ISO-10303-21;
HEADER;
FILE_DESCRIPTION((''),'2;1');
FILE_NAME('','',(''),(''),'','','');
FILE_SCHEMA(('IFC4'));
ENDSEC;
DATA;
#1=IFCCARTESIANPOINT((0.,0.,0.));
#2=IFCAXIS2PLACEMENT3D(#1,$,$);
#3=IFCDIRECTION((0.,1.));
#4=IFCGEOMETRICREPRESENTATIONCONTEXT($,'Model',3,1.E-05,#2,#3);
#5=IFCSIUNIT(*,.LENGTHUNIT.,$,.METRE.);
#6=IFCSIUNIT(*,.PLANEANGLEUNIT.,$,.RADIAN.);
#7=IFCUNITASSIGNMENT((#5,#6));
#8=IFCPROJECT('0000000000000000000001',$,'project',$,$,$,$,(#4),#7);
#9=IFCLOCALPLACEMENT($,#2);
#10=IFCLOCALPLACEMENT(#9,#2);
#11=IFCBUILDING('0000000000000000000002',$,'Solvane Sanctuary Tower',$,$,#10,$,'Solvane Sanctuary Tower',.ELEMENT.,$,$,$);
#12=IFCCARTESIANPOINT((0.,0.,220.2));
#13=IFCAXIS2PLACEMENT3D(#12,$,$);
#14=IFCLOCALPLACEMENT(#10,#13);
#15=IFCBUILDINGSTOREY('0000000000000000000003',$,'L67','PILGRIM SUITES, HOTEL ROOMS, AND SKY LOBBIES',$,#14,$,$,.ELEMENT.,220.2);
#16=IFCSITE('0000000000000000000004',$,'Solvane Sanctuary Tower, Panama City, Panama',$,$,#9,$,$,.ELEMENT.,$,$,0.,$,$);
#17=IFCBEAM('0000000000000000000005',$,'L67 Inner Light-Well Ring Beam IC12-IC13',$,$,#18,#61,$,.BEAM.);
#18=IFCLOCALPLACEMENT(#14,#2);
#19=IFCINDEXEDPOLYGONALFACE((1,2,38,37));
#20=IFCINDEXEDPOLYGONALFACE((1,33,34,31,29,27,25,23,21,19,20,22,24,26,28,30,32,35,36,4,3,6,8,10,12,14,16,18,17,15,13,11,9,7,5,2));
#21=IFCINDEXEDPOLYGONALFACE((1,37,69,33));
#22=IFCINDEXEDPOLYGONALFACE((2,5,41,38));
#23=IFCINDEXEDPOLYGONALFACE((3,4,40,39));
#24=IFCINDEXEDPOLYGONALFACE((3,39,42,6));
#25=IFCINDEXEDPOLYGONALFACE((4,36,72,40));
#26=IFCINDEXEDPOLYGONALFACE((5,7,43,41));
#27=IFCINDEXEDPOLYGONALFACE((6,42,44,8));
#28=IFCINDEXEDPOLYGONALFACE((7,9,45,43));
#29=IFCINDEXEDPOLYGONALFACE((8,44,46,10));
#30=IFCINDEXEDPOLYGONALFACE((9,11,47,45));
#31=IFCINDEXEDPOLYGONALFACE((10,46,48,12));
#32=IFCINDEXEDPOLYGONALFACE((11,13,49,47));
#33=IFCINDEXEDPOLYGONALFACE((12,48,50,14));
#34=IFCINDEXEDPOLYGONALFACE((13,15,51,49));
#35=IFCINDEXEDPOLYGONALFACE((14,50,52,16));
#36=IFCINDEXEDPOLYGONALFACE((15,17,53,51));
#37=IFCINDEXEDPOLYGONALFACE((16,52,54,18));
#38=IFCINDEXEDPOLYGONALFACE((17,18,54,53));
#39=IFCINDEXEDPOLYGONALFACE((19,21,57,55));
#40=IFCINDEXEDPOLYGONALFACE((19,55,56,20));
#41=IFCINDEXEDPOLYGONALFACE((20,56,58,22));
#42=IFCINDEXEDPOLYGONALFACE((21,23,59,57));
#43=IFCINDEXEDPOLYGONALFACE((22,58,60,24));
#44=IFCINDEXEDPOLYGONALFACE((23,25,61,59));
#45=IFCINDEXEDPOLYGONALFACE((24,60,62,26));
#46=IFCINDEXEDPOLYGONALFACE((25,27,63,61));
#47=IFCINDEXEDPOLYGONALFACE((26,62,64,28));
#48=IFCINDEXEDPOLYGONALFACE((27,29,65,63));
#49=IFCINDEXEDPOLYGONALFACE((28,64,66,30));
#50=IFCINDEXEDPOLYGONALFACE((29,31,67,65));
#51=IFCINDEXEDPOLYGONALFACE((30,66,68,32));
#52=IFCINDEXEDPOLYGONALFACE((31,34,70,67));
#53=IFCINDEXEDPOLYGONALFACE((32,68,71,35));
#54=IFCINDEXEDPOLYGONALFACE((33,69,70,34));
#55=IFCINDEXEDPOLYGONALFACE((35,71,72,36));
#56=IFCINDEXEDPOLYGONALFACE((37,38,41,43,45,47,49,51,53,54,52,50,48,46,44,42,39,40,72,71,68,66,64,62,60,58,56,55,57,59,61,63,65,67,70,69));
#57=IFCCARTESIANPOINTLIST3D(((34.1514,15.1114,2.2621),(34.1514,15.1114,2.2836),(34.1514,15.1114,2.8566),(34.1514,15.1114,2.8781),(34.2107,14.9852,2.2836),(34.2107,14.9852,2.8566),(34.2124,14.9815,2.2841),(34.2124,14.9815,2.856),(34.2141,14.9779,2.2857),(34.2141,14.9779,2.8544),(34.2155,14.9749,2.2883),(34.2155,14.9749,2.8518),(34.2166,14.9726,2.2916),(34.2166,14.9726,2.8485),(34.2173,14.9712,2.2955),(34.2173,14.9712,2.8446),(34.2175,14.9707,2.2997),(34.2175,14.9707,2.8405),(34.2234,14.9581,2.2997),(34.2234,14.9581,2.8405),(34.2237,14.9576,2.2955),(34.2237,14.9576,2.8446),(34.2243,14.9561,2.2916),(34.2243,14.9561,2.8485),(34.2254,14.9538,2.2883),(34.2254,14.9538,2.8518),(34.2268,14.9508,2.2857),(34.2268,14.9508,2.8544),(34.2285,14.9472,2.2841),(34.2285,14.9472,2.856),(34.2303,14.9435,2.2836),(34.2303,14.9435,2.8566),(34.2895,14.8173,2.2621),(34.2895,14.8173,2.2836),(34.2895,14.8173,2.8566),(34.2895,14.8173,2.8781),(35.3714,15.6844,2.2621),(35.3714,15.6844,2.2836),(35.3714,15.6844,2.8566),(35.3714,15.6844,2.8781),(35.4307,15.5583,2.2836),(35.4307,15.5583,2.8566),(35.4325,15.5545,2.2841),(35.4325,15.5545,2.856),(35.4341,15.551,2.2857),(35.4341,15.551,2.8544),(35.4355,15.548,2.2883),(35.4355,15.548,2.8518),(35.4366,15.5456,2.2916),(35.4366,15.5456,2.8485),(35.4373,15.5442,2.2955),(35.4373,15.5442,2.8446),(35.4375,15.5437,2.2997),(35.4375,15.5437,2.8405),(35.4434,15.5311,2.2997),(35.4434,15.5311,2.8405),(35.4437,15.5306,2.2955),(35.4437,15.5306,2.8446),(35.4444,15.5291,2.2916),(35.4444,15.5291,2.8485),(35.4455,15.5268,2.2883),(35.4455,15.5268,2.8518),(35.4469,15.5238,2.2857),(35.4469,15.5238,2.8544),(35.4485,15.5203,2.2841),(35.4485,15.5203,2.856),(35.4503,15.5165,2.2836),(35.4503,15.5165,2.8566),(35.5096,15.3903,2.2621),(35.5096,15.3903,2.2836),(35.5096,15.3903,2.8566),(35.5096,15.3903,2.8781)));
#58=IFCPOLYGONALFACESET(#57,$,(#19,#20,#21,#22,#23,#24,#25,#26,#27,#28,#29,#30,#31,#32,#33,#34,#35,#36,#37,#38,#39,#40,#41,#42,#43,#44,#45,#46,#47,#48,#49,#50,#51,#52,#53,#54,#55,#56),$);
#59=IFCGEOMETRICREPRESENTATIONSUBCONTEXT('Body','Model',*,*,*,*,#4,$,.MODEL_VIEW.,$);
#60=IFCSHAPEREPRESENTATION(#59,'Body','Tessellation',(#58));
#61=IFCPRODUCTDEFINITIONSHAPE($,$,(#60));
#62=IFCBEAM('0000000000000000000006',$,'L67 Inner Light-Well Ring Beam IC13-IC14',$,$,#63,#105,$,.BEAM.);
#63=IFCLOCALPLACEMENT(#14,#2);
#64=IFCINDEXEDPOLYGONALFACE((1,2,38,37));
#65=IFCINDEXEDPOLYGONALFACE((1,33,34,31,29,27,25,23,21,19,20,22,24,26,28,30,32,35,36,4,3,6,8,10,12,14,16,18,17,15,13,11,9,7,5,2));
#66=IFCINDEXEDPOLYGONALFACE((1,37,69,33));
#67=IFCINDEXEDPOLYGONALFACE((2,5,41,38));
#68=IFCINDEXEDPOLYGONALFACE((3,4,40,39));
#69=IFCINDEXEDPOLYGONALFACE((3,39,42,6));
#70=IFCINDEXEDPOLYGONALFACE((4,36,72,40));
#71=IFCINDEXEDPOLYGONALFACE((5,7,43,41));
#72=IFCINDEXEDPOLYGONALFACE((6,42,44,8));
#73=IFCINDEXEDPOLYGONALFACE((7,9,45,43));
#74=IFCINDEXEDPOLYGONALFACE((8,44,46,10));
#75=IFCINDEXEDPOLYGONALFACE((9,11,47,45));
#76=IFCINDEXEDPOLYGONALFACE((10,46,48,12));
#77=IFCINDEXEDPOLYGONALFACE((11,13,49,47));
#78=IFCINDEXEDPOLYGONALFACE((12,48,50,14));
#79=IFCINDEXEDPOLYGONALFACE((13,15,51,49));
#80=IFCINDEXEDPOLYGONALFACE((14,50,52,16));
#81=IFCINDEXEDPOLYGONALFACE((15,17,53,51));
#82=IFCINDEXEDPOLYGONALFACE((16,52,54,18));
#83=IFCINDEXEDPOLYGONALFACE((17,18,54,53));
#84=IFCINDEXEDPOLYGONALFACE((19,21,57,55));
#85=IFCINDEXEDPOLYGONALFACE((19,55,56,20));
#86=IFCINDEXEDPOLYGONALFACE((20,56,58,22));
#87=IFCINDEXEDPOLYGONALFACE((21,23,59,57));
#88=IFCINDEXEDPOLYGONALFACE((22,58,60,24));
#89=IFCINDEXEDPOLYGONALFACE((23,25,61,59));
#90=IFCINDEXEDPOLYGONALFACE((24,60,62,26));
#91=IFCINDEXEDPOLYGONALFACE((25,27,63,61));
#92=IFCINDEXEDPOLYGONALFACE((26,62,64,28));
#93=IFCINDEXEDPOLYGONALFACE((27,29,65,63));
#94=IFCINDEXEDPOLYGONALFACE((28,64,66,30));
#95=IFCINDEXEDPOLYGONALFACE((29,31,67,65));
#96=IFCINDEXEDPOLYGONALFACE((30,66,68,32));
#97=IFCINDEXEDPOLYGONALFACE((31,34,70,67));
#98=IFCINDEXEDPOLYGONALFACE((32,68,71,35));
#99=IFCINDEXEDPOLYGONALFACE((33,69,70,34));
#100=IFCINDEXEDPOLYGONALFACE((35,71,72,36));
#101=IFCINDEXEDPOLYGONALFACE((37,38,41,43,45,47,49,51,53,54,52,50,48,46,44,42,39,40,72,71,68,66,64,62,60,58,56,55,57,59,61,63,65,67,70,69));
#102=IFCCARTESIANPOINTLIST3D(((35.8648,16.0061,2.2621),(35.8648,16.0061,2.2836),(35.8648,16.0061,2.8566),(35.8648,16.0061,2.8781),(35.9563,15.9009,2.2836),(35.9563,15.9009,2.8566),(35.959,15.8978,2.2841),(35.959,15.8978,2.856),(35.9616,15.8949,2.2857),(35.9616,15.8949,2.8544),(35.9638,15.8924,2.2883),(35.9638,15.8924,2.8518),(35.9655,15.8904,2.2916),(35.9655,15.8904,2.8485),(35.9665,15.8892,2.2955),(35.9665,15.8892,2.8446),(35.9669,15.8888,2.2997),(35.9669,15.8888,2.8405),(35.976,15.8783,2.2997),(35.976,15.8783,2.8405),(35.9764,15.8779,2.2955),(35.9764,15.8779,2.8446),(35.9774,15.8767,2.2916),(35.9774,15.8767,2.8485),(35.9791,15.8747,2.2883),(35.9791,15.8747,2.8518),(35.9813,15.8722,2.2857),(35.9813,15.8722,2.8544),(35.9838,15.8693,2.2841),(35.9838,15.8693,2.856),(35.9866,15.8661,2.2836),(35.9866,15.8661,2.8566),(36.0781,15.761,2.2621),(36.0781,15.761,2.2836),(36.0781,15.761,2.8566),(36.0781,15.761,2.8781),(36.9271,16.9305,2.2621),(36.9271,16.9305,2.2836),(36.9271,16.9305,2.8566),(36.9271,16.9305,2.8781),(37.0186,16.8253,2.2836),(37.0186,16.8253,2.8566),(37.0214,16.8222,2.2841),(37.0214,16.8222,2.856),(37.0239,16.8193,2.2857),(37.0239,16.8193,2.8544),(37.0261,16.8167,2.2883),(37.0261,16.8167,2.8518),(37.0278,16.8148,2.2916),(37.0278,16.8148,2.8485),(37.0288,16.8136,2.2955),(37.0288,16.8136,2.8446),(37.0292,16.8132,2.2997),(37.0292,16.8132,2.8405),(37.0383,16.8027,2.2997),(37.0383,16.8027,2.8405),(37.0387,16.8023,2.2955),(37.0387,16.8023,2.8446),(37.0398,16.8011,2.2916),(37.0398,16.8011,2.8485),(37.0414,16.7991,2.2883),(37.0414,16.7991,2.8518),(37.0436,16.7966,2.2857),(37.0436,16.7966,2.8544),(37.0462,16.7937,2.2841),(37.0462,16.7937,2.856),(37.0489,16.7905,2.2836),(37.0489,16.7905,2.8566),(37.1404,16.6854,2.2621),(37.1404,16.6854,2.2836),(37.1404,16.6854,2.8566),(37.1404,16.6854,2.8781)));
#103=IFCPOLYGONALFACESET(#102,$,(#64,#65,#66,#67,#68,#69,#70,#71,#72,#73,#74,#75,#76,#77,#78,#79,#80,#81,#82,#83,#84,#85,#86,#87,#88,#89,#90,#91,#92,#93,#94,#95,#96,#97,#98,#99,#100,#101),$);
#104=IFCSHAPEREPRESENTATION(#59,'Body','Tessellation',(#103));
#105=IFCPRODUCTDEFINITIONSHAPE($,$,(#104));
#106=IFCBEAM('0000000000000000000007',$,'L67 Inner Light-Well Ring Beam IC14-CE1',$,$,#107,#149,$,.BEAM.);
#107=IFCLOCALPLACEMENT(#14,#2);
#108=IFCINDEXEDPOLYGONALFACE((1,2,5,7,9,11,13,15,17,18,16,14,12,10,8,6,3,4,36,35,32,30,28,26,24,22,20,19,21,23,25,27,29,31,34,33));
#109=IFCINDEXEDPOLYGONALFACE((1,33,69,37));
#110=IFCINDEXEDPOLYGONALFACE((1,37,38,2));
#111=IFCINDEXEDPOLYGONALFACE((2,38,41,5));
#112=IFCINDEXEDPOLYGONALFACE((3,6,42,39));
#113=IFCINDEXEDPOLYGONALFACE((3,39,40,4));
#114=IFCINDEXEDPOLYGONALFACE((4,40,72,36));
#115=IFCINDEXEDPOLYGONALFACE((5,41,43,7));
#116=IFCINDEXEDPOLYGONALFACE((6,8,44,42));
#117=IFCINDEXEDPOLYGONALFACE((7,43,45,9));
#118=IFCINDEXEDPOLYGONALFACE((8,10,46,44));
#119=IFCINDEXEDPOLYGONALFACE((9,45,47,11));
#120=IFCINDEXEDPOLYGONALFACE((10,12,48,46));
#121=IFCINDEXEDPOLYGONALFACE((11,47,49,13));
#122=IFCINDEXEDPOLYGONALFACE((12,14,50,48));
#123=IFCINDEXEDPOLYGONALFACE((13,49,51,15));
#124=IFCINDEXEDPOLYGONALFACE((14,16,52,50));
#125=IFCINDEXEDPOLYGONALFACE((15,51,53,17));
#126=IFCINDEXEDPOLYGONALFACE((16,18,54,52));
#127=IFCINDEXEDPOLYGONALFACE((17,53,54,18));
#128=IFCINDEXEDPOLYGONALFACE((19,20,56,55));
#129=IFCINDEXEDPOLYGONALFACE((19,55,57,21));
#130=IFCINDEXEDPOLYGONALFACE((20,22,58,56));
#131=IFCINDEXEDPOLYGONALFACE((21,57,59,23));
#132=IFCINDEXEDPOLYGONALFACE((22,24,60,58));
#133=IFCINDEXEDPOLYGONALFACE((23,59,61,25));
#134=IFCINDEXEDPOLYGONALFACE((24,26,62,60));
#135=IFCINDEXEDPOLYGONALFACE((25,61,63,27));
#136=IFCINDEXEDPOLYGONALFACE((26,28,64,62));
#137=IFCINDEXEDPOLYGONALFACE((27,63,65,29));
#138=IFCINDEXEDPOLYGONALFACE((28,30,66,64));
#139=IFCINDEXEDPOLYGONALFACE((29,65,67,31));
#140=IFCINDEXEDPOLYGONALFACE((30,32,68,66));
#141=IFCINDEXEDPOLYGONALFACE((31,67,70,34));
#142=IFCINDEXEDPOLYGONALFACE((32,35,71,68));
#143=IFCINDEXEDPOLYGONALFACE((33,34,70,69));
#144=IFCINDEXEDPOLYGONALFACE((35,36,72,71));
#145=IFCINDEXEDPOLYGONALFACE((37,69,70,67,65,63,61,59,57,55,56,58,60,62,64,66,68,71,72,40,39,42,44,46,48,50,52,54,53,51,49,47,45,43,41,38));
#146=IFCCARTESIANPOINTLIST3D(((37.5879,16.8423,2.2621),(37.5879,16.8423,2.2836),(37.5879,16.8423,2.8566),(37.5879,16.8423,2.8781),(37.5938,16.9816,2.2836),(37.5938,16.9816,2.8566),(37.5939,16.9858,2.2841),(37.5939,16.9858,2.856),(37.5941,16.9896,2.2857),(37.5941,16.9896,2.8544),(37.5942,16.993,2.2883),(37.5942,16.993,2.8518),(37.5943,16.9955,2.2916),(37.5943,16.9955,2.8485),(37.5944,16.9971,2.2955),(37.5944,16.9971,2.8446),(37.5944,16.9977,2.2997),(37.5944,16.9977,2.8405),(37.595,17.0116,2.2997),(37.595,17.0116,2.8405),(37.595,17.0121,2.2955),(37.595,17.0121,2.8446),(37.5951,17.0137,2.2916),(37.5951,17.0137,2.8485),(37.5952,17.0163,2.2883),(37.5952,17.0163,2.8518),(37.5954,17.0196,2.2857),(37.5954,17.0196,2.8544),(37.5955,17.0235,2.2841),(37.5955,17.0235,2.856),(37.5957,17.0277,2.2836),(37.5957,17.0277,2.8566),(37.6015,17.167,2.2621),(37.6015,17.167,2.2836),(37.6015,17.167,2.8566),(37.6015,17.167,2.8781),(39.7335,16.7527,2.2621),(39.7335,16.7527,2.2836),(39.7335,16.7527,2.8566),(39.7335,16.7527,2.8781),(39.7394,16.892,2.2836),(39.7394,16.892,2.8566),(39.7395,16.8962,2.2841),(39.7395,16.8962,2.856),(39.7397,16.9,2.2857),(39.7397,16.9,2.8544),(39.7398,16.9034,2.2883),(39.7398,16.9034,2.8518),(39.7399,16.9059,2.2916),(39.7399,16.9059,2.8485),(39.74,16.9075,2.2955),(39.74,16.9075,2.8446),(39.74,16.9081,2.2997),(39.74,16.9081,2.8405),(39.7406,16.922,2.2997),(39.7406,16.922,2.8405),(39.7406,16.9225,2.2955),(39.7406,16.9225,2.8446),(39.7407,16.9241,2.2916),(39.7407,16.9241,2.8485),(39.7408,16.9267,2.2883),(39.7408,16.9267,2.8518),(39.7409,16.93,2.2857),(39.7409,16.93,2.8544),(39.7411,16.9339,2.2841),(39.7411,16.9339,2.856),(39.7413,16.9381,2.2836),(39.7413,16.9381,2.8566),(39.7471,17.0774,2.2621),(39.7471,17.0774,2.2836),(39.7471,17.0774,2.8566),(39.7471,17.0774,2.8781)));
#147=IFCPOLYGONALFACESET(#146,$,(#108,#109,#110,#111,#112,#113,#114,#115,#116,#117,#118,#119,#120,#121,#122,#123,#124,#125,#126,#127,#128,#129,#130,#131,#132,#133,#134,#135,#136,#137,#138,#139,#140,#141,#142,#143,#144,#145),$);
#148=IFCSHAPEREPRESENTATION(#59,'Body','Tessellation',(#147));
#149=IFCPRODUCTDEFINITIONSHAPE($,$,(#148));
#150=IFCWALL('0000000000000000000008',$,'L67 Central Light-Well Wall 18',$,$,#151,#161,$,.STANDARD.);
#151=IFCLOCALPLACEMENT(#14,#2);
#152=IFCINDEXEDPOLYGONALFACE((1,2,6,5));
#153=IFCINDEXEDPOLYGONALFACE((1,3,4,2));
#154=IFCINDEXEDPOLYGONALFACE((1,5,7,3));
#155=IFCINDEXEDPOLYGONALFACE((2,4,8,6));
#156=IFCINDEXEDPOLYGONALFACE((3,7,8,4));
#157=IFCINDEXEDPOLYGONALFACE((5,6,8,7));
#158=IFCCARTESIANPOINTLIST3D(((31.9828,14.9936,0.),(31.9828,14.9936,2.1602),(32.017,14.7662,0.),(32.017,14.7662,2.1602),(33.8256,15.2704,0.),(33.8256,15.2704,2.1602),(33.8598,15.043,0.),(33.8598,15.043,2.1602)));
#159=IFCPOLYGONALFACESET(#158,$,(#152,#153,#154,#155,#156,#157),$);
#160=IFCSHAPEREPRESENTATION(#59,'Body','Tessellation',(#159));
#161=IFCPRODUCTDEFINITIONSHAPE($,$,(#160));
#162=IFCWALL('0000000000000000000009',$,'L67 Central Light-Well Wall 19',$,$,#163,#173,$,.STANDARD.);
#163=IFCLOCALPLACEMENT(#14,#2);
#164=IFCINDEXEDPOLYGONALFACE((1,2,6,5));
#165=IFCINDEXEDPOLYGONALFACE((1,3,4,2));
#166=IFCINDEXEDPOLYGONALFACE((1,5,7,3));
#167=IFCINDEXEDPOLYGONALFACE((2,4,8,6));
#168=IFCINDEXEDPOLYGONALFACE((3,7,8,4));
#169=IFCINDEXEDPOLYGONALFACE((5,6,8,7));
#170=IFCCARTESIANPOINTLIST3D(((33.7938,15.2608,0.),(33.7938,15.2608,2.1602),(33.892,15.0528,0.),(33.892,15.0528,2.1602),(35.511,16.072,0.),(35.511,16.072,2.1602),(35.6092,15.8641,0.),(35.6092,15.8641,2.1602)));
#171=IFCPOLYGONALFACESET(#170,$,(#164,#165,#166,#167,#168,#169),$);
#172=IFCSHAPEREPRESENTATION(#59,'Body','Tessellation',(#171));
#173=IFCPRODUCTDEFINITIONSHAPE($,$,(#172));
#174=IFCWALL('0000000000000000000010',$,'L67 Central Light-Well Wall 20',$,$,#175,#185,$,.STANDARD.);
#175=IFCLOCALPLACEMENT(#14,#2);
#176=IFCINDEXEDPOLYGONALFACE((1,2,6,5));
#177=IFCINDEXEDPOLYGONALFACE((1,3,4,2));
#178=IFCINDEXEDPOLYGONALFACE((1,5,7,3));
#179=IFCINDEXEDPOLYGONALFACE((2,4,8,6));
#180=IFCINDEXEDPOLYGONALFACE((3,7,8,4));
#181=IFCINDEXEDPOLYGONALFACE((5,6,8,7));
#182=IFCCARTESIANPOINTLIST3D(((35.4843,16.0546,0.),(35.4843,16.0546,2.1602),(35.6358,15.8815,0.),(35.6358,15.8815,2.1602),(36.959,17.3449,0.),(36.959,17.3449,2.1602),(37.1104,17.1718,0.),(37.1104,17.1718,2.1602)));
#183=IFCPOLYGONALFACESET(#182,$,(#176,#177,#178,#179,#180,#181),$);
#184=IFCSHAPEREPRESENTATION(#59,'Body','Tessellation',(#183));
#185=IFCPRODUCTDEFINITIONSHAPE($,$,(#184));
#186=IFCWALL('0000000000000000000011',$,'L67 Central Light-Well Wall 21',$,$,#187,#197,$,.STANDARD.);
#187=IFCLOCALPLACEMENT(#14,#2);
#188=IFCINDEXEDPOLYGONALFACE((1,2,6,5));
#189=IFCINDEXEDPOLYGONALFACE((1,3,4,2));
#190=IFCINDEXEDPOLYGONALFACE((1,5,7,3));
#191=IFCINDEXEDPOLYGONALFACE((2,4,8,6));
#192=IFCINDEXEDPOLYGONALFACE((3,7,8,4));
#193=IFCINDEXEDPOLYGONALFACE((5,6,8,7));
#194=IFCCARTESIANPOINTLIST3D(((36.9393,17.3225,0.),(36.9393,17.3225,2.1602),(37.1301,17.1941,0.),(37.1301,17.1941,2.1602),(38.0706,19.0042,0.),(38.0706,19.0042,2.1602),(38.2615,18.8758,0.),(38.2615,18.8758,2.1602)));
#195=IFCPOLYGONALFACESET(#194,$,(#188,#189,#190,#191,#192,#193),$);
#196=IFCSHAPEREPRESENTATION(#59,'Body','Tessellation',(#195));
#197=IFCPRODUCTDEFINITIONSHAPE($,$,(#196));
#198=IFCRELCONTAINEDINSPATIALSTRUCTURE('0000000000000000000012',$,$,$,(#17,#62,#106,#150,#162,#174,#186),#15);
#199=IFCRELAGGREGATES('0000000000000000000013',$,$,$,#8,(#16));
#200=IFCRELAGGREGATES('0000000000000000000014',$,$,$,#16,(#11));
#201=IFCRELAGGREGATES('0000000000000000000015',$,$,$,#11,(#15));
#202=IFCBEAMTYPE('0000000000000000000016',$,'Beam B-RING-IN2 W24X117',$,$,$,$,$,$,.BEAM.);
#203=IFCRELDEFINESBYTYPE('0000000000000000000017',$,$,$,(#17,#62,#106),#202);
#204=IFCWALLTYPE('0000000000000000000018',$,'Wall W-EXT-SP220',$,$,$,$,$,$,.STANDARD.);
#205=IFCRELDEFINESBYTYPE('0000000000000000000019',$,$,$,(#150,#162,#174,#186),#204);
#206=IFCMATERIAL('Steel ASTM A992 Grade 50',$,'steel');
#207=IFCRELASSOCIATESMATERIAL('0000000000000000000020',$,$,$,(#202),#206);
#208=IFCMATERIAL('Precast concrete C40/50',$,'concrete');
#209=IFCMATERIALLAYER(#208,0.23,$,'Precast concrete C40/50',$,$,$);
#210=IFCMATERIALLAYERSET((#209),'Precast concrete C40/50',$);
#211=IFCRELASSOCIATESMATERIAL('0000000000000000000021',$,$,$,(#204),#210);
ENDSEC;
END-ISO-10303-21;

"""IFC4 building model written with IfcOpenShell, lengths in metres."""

from ifc_helpers import new_model, si_unit, direction, frame, frame_2d, origin, origin_2d, place, context, subcontext, project, spatial, rectangle, i_section, extrude, material, layer, layer_set, material_profile, profile_set, type_object, element, save


model = new_model("IFC4")

# Units and contexts
model_context = context("Model", 3, precision=1e-05, world=origin(), true_north=direction((0.0, 1.0)))
body_context = subcontext(model_context, "Body", "Model", "MODEL_VIEW")
ifc_project = project(units=[si_unit("LENGTHUNIT", "METRE"), si_unit("PLANEANGLEUNIT", "RADIAN")], contexts=[model_context])

# Site, building, storey
site_placement = place(None, origin())
site = spatial("IfcSite", under=ifc_project, at=site_placement, Name="Solvane Sanctuary Tower, Panama City, Panama", CompositionType="ELEMENT", RefElevation=0.0)
building_placement = place(site_placement, origin())
building = spatial("IfcBuilding", under=site, at=building_placement, Name="Solvane Sanctuary Tower", LongName="Solvane Sanctuary Tower", CompositionType="ELEMENT")
storey_placement = place(building_placement, frame((0.0, 0.0, 220.2)))
storey = spatial("IfcBuildingStorey", under=building, at=storey_placement, Name="L67", Description="PILGRIM SUITES, HOTEL ROOMS, AND SKY LOBBIES", CompositionType="ELEMENT", Elevation=220.2)

# Beams
ifc_material_1 = material(Name="Steel ASTM A992 Grade 50", Category="steel")
ifc_material_profile_1 = material_profile(ifc_material_1, i_section(OverallWidth=0.325, OverallDepth=0.616, WebThickness=0.0139, FlangeThickness=0.0215, FilletRadius=0.0161, at=origin_2d()), Name="W24X117")
ifc_profile_set_1 = profile_set([ifc_material_profile_1], Name="Steel ASTM A992 Grade 50")
beam_type_1 = type_object("IfcBeamType", Name="Beam B-RING-IN2 W24X117", PredefinedType="BEAM", material=ifc_profile_set_1)
beam_1_placement = place(storey_placement, frame((34.2205, 14.9644, 2.5701), z_axis=(0.905135, 0.425125, 0.0), x_axis=(-0.425125, 0.905135, 0.0)))
element("IfcBeam", 1, at=beam_1_placement, inside=storey, type_object=beam_type_1, Name="L67 Inner Light-Well Ring Beam IC12-IC13", PredefinedType="BEAM", context=body_context, shape_type="SweptSolid", body=[
    extrude(i_section(OverallWidth=0.325, OverallDepth=0.616, WebThickness=0.0139, FlangeThickness=0.0215, FilletRadius=0.0161, at=origin_2d()), origin(), (0.0, 0.0, 1.0), 1.3479),
])
beam_2_placement = place(storey_placement, frame((35.9714, 15.8835, 2.5701), z_axis=(0.754389, 0.656428, 0.0), x_axis=(-0.656428, 0.754389, 0.0)))
element("IfcBeam", 2, at=beam_2_placement, inside=storey, type_object=beam_type_1, Name="L67 Inner Light-Well Ring Beam IC13-IC14", PredefinedType="BEAM", context=body_context, shape_type="SweptSolid", body=[
    extrude(i_section(OverallWidth=0.325, OverallDepth=0.616, WebThickness=0.0139, FlangeThickness=0.0215, FilletRadius=0.0161, at=origin_2d()), origin(), (0.0, 0.0, 1.0), 1.4082),
])
beam_3_placement = place(storey_placement, frame((37.5947, 17.0046, 2.5701), z_axis=(0.999129, -0.041725, 0.0), x_axis=(0.041725, 0.999129, 0.0)))
element("IfcBeam", 3, at=beam_3_placement, inside=storey, type_object=beam_type_1, Name="L67 Inner Light-Well Ring Beam IC14-CE1", PredefinedType="BEAM", context=body_context, shape_type="SweptSolid", body=[
    extrude(i_section(OverallWidth=0.325, OverallDepth=0.616, WebThickness=0.0139, FlangeThickness=0.0215, FilletRadius=0.0161, at=origin_2d()), origin(), (0.0, 0.0, 1.0), 2.1475),
])

# Walls
ifc_material_2 = material(Name="Precast concrete C40/50", Category="concrete")
ifc_layer_1 = layer(ifc_material_2, 0.23, Name="Precast concrete C40/50")
ifc_layer_set_1 = layer_set([ifc_layer_1], Name="Precast concrete C40/50")
wall_type_1 = type_object("IfcWallType", Name="Wall W-EXT-SP220", PredefinedType="STANDARD", material=ifc_layer_set_1)
wall_1_placement = place(storey_placement, frame((32.0, 14.8799, 0.0), z_axis=(0.0, 0.0, 1.0), x_axis=(0.988902, 0.148571, 0.0)))
element("IfcWall", 4, at=wall_1_placement, inside=storey, type_object=wall_type_1, Name="L67 Central Light-Well Wall 18", PredefinedType="STANDARD", context=body_context, shape_type="SweptSolid", body=[
    extrude(rectangle(XDim=1.8635, YDim=0.23, at=frame_2d((0.9316, 0.0))), origin(), (0.0, 0.0, 1.0), 2.1602),
])
wall_2_placement = place(storey_placement, frame((33.8428, 15.1567, 0.0), z_axis=(0.0, 0.0, 1.0), x_axis=(0.90418, 0.427152, 0.0)))
element("IfcWall", 5, at=wall_2_placement, inside=storey, type_object=wall_type_1, Name="L67 Central Light-Well Wall 19", PredefinedType="STANDARD", context=body_context, shape_type="SweptSolid", body=[
    extrude(rectangle(XDim=1.8992, YDim=0.23, at=frame_2d((0.9497, 0.0))), origin(), (0.0, 0.0, 1.0), 2.1602),
])
wall_3_placement = place(storey_placement, frame((35.5601, 15.968, 0.0), z_axis=(0.0, 0.0, 1.0), x_axis=(0.752577, 0.658505, 0.0)))
element("IfcWall", 6, at=wall_3_placement, inside=storey, type_object=wall_type_1, Name="L67 Central Light-Well Wall 20", PredefinedType="STANDARD", context=body_context, shape_type="SweptSolid", body=[
    extrude(rectangle(XDim=1.9595, YDim=0.23, at=frame_2d((0.9797, 0.0))), origin(), (0.0, 0.0, 1.0), 2.1602),
])
wall_4_placement = place(storey_placement, frame((37.0347, 17.2583, 0.0), z_axis=(0.0, 0.0, 1.0), x_axis=(0.558198, 0.829708, 0.0)))
element("IfcWall", 7, at=wall_4_placement, inside=storey, type_object=wall_type_1, Name="L67 Central Light-Well Wall 21", PredefinedType="STANDARD", context=body_context, shape_type="SweptSolid", body=[
    extrude(rectangle(XDim=2.0269, YDim=0.23, at=frame_2d((1.0134, 0.0))), origin(), (0.0, 0.0, 1.0), 2.1602),
])

save(model, "model.ifc")
